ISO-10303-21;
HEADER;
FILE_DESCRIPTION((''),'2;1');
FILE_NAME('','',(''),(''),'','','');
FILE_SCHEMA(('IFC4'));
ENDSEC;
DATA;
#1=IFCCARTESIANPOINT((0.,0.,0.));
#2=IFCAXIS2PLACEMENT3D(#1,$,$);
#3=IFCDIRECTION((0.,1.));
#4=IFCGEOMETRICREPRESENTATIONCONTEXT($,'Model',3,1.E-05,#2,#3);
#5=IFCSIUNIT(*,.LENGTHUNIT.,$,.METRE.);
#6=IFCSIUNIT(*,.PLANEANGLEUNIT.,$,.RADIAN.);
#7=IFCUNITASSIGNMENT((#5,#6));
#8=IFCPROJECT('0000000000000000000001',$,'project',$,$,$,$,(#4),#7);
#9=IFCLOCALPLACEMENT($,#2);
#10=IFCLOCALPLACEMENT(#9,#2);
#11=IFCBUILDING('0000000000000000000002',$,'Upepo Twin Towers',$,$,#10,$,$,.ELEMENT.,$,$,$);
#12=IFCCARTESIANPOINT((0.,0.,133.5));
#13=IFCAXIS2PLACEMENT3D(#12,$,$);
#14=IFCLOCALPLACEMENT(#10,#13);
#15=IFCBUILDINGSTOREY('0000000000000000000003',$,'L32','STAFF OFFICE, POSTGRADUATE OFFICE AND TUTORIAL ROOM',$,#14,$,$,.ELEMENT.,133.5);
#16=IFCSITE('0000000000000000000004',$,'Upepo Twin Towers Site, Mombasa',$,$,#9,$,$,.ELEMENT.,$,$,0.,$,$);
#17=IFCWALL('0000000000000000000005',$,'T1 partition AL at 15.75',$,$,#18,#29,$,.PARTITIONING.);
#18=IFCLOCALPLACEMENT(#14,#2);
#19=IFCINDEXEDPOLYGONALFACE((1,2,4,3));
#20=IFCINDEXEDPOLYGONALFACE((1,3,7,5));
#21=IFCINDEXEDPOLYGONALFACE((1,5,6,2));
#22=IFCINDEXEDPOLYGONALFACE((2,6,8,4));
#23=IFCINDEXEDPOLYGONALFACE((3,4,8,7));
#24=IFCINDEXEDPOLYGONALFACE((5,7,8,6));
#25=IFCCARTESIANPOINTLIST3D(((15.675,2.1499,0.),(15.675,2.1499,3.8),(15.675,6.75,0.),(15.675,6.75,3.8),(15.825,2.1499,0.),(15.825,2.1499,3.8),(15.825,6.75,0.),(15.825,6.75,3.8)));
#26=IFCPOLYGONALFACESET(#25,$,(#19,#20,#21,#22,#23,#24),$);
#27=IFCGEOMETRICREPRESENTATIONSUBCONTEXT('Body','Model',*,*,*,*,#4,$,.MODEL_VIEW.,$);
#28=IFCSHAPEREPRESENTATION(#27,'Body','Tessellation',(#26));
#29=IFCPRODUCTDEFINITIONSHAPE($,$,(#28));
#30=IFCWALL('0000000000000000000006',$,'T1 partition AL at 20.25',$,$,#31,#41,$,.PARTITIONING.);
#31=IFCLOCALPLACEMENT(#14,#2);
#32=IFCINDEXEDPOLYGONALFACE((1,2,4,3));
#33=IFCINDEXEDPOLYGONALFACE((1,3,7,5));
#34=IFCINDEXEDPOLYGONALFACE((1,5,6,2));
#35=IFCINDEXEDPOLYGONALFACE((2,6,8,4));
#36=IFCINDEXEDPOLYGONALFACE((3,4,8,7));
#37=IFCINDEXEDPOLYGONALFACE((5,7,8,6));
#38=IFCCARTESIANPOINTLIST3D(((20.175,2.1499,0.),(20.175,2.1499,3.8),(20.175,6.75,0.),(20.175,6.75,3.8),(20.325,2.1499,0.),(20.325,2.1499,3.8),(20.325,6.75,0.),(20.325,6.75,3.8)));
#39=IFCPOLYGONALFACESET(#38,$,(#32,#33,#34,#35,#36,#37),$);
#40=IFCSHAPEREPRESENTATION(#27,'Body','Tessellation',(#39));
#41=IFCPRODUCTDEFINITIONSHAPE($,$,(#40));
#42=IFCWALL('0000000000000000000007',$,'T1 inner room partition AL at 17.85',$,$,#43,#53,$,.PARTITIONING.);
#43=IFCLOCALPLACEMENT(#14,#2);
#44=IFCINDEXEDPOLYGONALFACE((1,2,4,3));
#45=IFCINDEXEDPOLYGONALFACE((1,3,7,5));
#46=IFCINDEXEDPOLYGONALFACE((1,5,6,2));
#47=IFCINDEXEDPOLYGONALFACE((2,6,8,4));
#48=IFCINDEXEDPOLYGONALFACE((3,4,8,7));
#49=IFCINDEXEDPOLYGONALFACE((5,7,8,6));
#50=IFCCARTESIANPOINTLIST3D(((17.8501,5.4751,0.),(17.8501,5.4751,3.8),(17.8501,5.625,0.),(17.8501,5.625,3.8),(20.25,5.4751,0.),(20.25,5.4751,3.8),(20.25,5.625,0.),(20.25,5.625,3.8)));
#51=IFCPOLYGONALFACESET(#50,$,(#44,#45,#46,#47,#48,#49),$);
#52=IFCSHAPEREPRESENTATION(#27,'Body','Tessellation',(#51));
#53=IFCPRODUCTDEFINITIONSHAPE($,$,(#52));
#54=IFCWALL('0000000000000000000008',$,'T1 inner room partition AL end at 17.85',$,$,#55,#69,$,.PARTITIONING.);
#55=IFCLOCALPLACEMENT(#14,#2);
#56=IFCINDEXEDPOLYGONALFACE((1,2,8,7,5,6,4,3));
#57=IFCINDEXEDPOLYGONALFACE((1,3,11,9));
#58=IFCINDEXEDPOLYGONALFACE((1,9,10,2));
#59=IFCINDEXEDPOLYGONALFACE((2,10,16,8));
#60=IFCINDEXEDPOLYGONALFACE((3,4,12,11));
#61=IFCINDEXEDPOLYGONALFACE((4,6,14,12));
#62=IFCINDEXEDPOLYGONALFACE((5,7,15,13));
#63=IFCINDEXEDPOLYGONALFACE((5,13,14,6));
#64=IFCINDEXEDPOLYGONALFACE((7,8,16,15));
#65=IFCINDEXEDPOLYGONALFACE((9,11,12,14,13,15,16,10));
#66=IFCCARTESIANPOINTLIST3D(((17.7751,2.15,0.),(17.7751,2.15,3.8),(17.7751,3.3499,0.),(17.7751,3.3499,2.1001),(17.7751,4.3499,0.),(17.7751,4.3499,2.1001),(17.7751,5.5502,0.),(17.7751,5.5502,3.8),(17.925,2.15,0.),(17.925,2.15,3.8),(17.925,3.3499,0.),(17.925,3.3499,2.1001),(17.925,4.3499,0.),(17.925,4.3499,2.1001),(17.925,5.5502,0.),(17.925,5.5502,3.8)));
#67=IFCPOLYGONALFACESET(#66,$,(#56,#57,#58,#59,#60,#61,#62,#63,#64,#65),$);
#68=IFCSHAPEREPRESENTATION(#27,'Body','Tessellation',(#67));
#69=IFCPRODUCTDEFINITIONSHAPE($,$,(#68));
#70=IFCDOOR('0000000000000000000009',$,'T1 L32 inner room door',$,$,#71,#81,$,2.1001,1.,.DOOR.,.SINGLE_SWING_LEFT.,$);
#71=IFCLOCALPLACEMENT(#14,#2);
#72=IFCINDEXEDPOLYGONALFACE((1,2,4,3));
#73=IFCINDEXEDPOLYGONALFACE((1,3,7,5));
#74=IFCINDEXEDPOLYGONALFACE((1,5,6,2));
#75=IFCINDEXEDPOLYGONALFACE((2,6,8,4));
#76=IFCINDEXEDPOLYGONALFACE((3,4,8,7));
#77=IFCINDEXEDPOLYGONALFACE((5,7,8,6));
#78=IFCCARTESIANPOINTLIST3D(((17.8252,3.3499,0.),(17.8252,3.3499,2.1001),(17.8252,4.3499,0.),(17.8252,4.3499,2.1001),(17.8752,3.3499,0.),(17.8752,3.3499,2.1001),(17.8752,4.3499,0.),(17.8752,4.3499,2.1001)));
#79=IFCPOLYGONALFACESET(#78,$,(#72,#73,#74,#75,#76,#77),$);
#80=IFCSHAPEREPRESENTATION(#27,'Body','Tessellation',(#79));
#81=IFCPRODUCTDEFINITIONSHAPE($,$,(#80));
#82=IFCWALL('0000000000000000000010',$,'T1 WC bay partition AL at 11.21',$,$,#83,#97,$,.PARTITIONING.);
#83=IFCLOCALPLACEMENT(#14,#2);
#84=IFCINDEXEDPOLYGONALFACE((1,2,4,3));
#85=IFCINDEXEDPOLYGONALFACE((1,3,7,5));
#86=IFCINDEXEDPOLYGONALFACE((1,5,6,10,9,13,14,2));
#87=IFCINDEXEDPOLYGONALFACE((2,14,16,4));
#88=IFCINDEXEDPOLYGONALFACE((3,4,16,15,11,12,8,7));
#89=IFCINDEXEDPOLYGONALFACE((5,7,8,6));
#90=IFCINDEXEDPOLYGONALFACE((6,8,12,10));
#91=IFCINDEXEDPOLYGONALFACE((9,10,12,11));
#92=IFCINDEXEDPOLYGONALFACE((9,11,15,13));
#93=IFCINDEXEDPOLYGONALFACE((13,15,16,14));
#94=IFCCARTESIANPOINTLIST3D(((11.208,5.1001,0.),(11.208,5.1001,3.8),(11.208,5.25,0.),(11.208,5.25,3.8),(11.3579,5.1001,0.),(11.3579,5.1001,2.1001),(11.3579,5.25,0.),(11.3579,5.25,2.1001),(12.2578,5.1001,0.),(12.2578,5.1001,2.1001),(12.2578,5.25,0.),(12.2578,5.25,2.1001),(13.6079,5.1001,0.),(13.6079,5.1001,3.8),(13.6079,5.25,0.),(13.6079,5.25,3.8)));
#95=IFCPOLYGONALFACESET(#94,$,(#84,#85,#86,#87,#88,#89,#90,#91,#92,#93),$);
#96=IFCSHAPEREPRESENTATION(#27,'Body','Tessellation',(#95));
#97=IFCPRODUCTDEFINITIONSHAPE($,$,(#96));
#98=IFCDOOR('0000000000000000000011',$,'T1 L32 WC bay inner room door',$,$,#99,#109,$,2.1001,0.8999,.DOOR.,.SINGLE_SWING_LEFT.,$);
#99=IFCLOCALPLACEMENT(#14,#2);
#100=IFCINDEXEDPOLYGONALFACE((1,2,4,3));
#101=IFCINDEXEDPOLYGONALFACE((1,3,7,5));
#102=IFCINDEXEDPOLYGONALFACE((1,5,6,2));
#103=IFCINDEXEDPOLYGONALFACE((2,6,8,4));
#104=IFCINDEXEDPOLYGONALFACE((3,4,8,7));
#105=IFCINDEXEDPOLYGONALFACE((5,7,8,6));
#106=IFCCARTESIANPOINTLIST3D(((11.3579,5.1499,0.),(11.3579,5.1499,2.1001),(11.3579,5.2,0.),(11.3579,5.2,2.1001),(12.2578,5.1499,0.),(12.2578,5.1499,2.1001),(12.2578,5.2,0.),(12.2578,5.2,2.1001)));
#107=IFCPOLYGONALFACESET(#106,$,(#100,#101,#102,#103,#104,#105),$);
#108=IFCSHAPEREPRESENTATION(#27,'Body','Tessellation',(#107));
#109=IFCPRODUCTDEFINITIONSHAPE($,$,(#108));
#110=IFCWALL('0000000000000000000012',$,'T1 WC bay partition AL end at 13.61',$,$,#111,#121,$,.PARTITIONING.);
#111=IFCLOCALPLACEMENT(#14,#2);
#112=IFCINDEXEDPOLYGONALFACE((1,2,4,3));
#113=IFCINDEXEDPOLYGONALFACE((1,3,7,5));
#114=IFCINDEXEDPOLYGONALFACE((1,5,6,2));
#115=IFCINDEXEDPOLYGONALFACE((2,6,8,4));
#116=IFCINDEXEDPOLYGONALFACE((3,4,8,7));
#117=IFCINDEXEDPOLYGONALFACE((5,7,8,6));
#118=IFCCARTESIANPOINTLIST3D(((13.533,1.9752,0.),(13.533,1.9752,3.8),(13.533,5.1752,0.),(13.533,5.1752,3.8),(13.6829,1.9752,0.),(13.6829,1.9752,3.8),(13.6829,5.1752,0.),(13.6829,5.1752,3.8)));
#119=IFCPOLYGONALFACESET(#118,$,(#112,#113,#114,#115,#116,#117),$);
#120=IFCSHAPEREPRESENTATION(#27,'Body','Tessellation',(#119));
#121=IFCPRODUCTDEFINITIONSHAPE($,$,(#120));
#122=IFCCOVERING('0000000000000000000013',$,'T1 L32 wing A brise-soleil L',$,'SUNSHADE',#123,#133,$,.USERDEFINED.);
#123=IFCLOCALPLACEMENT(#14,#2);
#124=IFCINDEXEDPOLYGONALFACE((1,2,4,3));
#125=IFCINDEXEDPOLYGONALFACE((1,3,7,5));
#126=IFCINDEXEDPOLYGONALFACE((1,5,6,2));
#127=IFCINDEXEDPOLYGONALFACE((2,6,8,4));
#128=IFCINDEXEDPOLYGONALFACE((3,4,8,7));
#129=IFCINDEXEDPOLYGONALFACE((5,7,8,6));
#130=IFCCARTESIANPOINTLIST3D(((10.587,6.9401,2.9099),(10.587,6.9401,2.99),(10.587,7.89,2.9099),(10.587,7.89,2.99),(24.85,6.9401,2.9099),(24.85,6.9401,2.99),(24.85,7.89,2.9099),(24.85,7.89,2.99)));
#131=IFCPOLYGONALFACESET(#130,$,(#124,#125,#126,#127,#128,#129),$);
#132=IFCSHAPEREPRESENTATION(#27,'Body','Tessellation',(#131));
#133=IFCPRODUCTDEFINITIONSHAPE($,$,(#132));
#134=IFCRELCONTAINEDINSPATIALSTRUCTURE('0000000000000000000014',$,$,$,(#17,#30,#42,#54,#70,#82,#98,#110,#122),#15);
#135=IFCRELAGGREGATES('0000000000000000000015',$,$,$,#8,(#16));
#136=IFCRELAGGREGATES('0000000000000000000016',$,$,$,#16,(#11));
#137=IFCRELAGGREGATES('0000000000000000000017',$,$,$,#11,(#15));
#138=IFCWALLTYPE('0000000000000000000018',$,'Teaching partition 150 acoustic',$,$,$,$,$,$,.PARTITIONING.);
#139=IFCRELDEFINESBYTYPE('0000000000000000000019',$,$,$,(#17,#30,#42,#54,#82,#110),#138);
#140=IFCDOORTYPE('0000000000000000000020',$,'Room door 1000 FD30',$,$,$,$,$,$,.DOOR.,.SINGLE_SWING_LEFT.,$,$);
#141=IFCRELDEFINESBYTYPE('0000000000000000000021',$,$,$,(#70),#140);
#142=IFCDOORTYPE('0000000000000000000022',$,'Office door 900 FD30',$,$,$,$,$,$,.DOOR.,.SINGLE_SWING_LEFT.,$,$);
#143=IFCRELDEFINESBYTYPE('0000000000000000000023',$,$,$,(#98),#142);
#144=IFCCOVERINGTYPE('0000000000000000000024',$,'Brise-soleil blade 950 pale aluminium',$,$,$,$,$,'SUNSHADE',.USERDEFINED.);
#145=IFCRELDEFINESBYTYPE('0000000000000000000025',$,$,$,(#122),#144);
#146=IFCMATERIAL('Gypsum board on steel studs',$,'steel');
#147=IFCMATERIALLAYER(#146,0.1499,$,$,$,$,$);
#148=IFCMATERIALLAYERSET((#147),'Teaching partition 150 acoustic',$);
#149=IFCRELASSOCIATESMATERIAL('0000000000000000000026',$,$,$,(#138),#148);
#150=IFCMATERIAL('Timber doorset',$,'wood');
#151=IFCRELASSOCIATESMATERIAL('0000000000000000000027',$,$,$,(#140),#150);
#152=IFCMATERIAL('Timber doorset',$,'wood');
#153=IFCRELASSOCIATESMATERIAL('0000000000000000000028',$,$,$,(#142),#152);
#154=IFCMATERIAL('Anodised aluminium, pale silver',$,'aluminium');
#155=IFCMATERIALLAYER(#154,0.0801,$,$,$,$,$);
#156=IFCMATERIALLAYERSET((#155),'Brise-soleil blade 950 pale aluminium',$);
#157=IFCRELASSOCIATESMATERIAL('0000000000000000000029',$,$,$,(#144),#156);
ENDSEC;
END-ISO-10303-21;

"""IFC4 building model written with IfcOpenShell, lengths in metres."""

from ifc_helpers import new_model, si_unit, direction, frame, frame_2d, origin, origin_2d, place, context, subcontext, project, spatial, rectangle, extrude, material, layer, layer_set, type_object, element, fill, save


model = new_model("IFC4")

# Units and contexts
model_context = context("Model", 3, precision=1e-05, world=origin(), true_north=direction((0.0, 1.0)))
body_context = subcontext(model_context, "Body", "Model", "MODEL_VIEW")
ifc_project = project(units=[si_unit("LENGTHUNIT", "METRE"), si_unit("PLANEANGLEUNIT", "RADIAN")], contexts=[model_context])

# Site, building, storey
site_placement = place(None, origin())
site = spatial("IfcSite", under=ifc_project, at=site_placement, Name="Upepo Twin Towers Site, Mombasa", CompositionType="ELEMENT", RefElevation=0.0)
building_placement = place(site_placement, origin())
building = spatial("IfcBuilding", under=site, at=building_placement, Name="Upepo Twin Towers", CompositionType="ELEMENT")
storey_placement = place(building_placement, frame((0.0, 0.0, 133.5)))
storey = spatial("IfcBuildingStorey", under=building, at=storey_placement, Name="L32", Description="STAFF OFFICE, POSTGRADUATE OFFICE AND TUTORIAL ROOM", CompositionType="ELEMENT", Elevation=133.5)

# Walls
ifc_material_1 = material(Name="Gypsum board on steel studs", Category="steel")
ifc_layer_1 = layer(ifc_material_1, 0.1499)
ifc_layer_set_1 = layer_set([ifc_layer_1], Name="Teaching partition 150 acoustic")
wall_type_1 = type_object("IfcWallType", Name="Teaching partition 150 acoustic", PredefinedType="PARTITIONING", material=ifc_layer_set_1)
for number, where, z_axis, x_axis, name in (
    (1, (15.75, 2.1499, 0.0), (0.0, 0.0, 1.0), (0.0, 1.0, 0.0), "T1 partition AL at 15.75"),
    (2, (20.25, 2.1499, 0.0), (0.0, 0.0, 1.0), (0.0, 1.0, 0.0), "T1 partition AL at 20.25"),
):
    element("IfcWall", number, at=place(storey_placement, frame(where, z_axis=z_axis, x_axis=x_axis)), inside=storey, type_object=wall_type_1, Name=name, PredefinedType="PARTITIONING", context=body_context, shape_type="SweptSolid", body=[
        extrude(rectangle(XDim=4.6001, YDim=0.1499, at=frame_2d((2.3, 0.0))), origin(), (0.0, 0.0, 1.0), 3.8),
    ])
wall_1_placement = place(storey_placement, frame((17.8501, 5.55, 0.0), z_axis=(0.0, 0.0, 1.0), x_axis=(1.0, 0.0, 0.0)))
element("IfcWall", 3, at=wall_1_placement, inside=storey, type_object=wall_type_1, Name="T1 inner room partition AL at 17.85", PredefinedType="PARTITIONING", context=body_context, shape_type="SweptSolid", body=[
    extrude(rectangle(XDim=2.3999, YDim=0.1499, at=frame_2d((1.2, 0.0))), origin(), (0.0, 0.0, 1.0), 3.8),
])

# Walls, openings, doors
wall_2_placement = place(storey_placement, frame((17.8501, 2.1499, 0.0), z_axis=(0.0, 0.0, 1.0), x_axis=(0.0, 1.0, 0.0)))
wall_2 = element("IfcWall", 4, at=wall_2_placement, inside=storey, type_object=wall_type_1, Name="T1 inner room partition AL end at 17.85", PredefinedType="PARTITIONING", context=body_context, shape_type="SweptSolid", body=[
    extrude(rectangle(XDim=3.4001, YDim=0.1499, at=frame_2d((1.7002, 0.0))), origin(), (0.0, 0.0, 1.0), 3.8),
])
opening_1_placement = place(wall_2_placement, frame((1.2, 0.0, 0.0)))
opening_1 = element("IfcOpeningElement", 5, at=opening_1_placement, cuts=wall_2, PredefinedType="OPENING", context=body_context, shape_type="SweptSolid", body=[
    extrude(rectangle(XDim=1.0, YDim=2.1001, at=frame_2d((0.5, 1.05))), frame((0.0, 0.085, 0.0), z_axis=(0.0, -1.0, 0.0), x_axis=(1.0, 0.0, 0.0)), (0.0, 0.0, 1.0), 0.1699),
])
ifc_material_2 = material(Name="Timber doorset", Category="wood")
door_type_1 = type_object("IfcDoorType", Name="Room door 1000 FD30", OperationType="SINGLE_SWING_LEFT", PredefinedType="DOOR", material=ifc_material_2)
door_1_placement = place(opening_1_placement, origin())
door_1 = element("IfcDoor", 6, at=door_1_placement, inside=storey, type_object=door_type_1, Name="T1 L32 inner room door", OperationType="SINGLE_SWING_LEFT", OverallHeight=2.1001, OverallWidth=1.0, PredefinedType="DOOR", context=body_context, shape_type="SweptSolid", body=[
    extrude(rectangle(XDim=1.0, YDim=2.1001, at=frame_2d((0.5, 1.05))), frame((0.0, 0.0249, 0.0), z_axis=(0.0, -1.0, 0.0), x_axis=(1.0, 0.0, 0.0)), (0.0, 0.0, 1.0), 0.05),
])
fill(opening_1, door_1)
wall_3_placement = place(storey_placement, frame((11.208, 5.175, 0.0), z_axis=(0.0, 0.0, 1.0), x_axis=(1.0, 0.0, 0.0)))
wall_3 = element("IfcWall", 7, at=wall_3_placement, inside=storey, type_object=wall_type_1, Name="T1 WC bay partition AL at 11.21", PredefinedType="PARTITIONING", context=body_context, shape_type="SweptSolid", body=[
    extrude(rectangle(XDim=2.3999, YDim=0.1499, at=frame_2d((1.2, 0.0))), origin(), (0.0, 0.0, 1.0), 3.8),
])
opening_2_placement = place(wall_3_placement, frame((0.1499, 0.0, 0.0)))
opening_2 = element("IfcOpeningElement", 8, at=opening_2_placement, cuts=wall_3, PredefinedType="OPENING", context=body_context, shape_type="SweptSolid", body=[
    extrude(rectangle(XDim=0.8999, YDim=2.1001, at=frame_2d((0.45, 1.05))), frame((0.0, 0.085, 0.0), z_axis=(0.0, -1.0, 0.0), x_axis=(1.0, 0.0, 0.0)), (0.0, 0.0, 1.0), 0.1699),
])
ifc_material_3 = material(Name="Timber doorset", Category="wood")
door_type_2 = type_object("IfcDoorType", Name="Office door 900 FD30", OperationType="SINGLE_SWING_LEFT", PredefinedType="DOOR", material=ifc_material_3)
door_2_placement = place(opening_2_placement, origin())
door_2 = element("IfcDoor", 9, at=door_2_placement, inside=storey, type_object=door_type_2, Name="T1 L32 WC bay inner room door", OperationType="SINGLE_SWING_LEFT", OverallHeight=2.1001, OverallWidth=0.8999, PredefinedType="DOOR", context=body_context, shape_type="SweptSolid", body=[
    extrude(rectangle(XDim=0.8999, YDim=2.1001, at=frame_2d((0.45, 1.05))), frame((0.0, 0.0249, 0.0), z_axis=(0.0, -1.0, 0.0), x_axis=(1.0, 0.0, 0.0)), (0.0, 0.0, 1.0), 0.05),
])
fill(opening_2, door_2)

# Wall
wall_4_placement = place(storey_placement, frame((13.6079, 1.9751, 0.0), z_axis=(0.0, 0.0, 1.0), x_axis=(0.0, 1.0, 0.0)))
element("IfcWall", 10, at=wall_4_placement, inside=storey, type_object=wall_type_1, Name="T1 WC bay partition AL end at 13.61", PredefinedType="PARTITIONING", context=body_context, shape_type="SweptSolid", body=[
    extrude(rectangle(XDim=3.2, YDim=0.1499, at=frame_2d((1.6001, 0.0))), origin(), (0.0, 0.0, 1.0), 3.8),
])

# Covering
ifc_material_4 = material(Name="Anodised aluminium, pale silver", Category="aluminium")
ifc_layer_2 = layer(ifc_material_4, 0.0801)
ifc_layer_set_2 = layer_set([ifc_layer_2], Name="Brise-soleil blade 950 pale aluminium")
covering_type = type_object("IfcCoveringType", Name="Brise-soleil blade 950 pale aluminium", ElementType="SUNSHADE", PredefinedType="USERDEFINED", material=ifc_layer_set_2)
covering_placement = place(storey_placement, frame((17.7185, 7.415, 2.9099), z_axis=(0.0, 0.0, 1.0), x_axis=(1.0, 0.0, 0.0)))
element("IfcCovering", 11, at=covering_placement, inside=storey, type_object=covering_type, Name="T1 L32 wing A brise-soleil L", ObjectType="SUNSHADE", PredefinedType="USERDEFINED", context=body_context, shape_type="SweptSolid", body=[
    extrude(rectangle(XDim=14.2629, YDim=0.95, at=origin_2d()), origin(), (0.0, 0.0, 1.0), 0.0801),
])

save(model, "model.ifc")
